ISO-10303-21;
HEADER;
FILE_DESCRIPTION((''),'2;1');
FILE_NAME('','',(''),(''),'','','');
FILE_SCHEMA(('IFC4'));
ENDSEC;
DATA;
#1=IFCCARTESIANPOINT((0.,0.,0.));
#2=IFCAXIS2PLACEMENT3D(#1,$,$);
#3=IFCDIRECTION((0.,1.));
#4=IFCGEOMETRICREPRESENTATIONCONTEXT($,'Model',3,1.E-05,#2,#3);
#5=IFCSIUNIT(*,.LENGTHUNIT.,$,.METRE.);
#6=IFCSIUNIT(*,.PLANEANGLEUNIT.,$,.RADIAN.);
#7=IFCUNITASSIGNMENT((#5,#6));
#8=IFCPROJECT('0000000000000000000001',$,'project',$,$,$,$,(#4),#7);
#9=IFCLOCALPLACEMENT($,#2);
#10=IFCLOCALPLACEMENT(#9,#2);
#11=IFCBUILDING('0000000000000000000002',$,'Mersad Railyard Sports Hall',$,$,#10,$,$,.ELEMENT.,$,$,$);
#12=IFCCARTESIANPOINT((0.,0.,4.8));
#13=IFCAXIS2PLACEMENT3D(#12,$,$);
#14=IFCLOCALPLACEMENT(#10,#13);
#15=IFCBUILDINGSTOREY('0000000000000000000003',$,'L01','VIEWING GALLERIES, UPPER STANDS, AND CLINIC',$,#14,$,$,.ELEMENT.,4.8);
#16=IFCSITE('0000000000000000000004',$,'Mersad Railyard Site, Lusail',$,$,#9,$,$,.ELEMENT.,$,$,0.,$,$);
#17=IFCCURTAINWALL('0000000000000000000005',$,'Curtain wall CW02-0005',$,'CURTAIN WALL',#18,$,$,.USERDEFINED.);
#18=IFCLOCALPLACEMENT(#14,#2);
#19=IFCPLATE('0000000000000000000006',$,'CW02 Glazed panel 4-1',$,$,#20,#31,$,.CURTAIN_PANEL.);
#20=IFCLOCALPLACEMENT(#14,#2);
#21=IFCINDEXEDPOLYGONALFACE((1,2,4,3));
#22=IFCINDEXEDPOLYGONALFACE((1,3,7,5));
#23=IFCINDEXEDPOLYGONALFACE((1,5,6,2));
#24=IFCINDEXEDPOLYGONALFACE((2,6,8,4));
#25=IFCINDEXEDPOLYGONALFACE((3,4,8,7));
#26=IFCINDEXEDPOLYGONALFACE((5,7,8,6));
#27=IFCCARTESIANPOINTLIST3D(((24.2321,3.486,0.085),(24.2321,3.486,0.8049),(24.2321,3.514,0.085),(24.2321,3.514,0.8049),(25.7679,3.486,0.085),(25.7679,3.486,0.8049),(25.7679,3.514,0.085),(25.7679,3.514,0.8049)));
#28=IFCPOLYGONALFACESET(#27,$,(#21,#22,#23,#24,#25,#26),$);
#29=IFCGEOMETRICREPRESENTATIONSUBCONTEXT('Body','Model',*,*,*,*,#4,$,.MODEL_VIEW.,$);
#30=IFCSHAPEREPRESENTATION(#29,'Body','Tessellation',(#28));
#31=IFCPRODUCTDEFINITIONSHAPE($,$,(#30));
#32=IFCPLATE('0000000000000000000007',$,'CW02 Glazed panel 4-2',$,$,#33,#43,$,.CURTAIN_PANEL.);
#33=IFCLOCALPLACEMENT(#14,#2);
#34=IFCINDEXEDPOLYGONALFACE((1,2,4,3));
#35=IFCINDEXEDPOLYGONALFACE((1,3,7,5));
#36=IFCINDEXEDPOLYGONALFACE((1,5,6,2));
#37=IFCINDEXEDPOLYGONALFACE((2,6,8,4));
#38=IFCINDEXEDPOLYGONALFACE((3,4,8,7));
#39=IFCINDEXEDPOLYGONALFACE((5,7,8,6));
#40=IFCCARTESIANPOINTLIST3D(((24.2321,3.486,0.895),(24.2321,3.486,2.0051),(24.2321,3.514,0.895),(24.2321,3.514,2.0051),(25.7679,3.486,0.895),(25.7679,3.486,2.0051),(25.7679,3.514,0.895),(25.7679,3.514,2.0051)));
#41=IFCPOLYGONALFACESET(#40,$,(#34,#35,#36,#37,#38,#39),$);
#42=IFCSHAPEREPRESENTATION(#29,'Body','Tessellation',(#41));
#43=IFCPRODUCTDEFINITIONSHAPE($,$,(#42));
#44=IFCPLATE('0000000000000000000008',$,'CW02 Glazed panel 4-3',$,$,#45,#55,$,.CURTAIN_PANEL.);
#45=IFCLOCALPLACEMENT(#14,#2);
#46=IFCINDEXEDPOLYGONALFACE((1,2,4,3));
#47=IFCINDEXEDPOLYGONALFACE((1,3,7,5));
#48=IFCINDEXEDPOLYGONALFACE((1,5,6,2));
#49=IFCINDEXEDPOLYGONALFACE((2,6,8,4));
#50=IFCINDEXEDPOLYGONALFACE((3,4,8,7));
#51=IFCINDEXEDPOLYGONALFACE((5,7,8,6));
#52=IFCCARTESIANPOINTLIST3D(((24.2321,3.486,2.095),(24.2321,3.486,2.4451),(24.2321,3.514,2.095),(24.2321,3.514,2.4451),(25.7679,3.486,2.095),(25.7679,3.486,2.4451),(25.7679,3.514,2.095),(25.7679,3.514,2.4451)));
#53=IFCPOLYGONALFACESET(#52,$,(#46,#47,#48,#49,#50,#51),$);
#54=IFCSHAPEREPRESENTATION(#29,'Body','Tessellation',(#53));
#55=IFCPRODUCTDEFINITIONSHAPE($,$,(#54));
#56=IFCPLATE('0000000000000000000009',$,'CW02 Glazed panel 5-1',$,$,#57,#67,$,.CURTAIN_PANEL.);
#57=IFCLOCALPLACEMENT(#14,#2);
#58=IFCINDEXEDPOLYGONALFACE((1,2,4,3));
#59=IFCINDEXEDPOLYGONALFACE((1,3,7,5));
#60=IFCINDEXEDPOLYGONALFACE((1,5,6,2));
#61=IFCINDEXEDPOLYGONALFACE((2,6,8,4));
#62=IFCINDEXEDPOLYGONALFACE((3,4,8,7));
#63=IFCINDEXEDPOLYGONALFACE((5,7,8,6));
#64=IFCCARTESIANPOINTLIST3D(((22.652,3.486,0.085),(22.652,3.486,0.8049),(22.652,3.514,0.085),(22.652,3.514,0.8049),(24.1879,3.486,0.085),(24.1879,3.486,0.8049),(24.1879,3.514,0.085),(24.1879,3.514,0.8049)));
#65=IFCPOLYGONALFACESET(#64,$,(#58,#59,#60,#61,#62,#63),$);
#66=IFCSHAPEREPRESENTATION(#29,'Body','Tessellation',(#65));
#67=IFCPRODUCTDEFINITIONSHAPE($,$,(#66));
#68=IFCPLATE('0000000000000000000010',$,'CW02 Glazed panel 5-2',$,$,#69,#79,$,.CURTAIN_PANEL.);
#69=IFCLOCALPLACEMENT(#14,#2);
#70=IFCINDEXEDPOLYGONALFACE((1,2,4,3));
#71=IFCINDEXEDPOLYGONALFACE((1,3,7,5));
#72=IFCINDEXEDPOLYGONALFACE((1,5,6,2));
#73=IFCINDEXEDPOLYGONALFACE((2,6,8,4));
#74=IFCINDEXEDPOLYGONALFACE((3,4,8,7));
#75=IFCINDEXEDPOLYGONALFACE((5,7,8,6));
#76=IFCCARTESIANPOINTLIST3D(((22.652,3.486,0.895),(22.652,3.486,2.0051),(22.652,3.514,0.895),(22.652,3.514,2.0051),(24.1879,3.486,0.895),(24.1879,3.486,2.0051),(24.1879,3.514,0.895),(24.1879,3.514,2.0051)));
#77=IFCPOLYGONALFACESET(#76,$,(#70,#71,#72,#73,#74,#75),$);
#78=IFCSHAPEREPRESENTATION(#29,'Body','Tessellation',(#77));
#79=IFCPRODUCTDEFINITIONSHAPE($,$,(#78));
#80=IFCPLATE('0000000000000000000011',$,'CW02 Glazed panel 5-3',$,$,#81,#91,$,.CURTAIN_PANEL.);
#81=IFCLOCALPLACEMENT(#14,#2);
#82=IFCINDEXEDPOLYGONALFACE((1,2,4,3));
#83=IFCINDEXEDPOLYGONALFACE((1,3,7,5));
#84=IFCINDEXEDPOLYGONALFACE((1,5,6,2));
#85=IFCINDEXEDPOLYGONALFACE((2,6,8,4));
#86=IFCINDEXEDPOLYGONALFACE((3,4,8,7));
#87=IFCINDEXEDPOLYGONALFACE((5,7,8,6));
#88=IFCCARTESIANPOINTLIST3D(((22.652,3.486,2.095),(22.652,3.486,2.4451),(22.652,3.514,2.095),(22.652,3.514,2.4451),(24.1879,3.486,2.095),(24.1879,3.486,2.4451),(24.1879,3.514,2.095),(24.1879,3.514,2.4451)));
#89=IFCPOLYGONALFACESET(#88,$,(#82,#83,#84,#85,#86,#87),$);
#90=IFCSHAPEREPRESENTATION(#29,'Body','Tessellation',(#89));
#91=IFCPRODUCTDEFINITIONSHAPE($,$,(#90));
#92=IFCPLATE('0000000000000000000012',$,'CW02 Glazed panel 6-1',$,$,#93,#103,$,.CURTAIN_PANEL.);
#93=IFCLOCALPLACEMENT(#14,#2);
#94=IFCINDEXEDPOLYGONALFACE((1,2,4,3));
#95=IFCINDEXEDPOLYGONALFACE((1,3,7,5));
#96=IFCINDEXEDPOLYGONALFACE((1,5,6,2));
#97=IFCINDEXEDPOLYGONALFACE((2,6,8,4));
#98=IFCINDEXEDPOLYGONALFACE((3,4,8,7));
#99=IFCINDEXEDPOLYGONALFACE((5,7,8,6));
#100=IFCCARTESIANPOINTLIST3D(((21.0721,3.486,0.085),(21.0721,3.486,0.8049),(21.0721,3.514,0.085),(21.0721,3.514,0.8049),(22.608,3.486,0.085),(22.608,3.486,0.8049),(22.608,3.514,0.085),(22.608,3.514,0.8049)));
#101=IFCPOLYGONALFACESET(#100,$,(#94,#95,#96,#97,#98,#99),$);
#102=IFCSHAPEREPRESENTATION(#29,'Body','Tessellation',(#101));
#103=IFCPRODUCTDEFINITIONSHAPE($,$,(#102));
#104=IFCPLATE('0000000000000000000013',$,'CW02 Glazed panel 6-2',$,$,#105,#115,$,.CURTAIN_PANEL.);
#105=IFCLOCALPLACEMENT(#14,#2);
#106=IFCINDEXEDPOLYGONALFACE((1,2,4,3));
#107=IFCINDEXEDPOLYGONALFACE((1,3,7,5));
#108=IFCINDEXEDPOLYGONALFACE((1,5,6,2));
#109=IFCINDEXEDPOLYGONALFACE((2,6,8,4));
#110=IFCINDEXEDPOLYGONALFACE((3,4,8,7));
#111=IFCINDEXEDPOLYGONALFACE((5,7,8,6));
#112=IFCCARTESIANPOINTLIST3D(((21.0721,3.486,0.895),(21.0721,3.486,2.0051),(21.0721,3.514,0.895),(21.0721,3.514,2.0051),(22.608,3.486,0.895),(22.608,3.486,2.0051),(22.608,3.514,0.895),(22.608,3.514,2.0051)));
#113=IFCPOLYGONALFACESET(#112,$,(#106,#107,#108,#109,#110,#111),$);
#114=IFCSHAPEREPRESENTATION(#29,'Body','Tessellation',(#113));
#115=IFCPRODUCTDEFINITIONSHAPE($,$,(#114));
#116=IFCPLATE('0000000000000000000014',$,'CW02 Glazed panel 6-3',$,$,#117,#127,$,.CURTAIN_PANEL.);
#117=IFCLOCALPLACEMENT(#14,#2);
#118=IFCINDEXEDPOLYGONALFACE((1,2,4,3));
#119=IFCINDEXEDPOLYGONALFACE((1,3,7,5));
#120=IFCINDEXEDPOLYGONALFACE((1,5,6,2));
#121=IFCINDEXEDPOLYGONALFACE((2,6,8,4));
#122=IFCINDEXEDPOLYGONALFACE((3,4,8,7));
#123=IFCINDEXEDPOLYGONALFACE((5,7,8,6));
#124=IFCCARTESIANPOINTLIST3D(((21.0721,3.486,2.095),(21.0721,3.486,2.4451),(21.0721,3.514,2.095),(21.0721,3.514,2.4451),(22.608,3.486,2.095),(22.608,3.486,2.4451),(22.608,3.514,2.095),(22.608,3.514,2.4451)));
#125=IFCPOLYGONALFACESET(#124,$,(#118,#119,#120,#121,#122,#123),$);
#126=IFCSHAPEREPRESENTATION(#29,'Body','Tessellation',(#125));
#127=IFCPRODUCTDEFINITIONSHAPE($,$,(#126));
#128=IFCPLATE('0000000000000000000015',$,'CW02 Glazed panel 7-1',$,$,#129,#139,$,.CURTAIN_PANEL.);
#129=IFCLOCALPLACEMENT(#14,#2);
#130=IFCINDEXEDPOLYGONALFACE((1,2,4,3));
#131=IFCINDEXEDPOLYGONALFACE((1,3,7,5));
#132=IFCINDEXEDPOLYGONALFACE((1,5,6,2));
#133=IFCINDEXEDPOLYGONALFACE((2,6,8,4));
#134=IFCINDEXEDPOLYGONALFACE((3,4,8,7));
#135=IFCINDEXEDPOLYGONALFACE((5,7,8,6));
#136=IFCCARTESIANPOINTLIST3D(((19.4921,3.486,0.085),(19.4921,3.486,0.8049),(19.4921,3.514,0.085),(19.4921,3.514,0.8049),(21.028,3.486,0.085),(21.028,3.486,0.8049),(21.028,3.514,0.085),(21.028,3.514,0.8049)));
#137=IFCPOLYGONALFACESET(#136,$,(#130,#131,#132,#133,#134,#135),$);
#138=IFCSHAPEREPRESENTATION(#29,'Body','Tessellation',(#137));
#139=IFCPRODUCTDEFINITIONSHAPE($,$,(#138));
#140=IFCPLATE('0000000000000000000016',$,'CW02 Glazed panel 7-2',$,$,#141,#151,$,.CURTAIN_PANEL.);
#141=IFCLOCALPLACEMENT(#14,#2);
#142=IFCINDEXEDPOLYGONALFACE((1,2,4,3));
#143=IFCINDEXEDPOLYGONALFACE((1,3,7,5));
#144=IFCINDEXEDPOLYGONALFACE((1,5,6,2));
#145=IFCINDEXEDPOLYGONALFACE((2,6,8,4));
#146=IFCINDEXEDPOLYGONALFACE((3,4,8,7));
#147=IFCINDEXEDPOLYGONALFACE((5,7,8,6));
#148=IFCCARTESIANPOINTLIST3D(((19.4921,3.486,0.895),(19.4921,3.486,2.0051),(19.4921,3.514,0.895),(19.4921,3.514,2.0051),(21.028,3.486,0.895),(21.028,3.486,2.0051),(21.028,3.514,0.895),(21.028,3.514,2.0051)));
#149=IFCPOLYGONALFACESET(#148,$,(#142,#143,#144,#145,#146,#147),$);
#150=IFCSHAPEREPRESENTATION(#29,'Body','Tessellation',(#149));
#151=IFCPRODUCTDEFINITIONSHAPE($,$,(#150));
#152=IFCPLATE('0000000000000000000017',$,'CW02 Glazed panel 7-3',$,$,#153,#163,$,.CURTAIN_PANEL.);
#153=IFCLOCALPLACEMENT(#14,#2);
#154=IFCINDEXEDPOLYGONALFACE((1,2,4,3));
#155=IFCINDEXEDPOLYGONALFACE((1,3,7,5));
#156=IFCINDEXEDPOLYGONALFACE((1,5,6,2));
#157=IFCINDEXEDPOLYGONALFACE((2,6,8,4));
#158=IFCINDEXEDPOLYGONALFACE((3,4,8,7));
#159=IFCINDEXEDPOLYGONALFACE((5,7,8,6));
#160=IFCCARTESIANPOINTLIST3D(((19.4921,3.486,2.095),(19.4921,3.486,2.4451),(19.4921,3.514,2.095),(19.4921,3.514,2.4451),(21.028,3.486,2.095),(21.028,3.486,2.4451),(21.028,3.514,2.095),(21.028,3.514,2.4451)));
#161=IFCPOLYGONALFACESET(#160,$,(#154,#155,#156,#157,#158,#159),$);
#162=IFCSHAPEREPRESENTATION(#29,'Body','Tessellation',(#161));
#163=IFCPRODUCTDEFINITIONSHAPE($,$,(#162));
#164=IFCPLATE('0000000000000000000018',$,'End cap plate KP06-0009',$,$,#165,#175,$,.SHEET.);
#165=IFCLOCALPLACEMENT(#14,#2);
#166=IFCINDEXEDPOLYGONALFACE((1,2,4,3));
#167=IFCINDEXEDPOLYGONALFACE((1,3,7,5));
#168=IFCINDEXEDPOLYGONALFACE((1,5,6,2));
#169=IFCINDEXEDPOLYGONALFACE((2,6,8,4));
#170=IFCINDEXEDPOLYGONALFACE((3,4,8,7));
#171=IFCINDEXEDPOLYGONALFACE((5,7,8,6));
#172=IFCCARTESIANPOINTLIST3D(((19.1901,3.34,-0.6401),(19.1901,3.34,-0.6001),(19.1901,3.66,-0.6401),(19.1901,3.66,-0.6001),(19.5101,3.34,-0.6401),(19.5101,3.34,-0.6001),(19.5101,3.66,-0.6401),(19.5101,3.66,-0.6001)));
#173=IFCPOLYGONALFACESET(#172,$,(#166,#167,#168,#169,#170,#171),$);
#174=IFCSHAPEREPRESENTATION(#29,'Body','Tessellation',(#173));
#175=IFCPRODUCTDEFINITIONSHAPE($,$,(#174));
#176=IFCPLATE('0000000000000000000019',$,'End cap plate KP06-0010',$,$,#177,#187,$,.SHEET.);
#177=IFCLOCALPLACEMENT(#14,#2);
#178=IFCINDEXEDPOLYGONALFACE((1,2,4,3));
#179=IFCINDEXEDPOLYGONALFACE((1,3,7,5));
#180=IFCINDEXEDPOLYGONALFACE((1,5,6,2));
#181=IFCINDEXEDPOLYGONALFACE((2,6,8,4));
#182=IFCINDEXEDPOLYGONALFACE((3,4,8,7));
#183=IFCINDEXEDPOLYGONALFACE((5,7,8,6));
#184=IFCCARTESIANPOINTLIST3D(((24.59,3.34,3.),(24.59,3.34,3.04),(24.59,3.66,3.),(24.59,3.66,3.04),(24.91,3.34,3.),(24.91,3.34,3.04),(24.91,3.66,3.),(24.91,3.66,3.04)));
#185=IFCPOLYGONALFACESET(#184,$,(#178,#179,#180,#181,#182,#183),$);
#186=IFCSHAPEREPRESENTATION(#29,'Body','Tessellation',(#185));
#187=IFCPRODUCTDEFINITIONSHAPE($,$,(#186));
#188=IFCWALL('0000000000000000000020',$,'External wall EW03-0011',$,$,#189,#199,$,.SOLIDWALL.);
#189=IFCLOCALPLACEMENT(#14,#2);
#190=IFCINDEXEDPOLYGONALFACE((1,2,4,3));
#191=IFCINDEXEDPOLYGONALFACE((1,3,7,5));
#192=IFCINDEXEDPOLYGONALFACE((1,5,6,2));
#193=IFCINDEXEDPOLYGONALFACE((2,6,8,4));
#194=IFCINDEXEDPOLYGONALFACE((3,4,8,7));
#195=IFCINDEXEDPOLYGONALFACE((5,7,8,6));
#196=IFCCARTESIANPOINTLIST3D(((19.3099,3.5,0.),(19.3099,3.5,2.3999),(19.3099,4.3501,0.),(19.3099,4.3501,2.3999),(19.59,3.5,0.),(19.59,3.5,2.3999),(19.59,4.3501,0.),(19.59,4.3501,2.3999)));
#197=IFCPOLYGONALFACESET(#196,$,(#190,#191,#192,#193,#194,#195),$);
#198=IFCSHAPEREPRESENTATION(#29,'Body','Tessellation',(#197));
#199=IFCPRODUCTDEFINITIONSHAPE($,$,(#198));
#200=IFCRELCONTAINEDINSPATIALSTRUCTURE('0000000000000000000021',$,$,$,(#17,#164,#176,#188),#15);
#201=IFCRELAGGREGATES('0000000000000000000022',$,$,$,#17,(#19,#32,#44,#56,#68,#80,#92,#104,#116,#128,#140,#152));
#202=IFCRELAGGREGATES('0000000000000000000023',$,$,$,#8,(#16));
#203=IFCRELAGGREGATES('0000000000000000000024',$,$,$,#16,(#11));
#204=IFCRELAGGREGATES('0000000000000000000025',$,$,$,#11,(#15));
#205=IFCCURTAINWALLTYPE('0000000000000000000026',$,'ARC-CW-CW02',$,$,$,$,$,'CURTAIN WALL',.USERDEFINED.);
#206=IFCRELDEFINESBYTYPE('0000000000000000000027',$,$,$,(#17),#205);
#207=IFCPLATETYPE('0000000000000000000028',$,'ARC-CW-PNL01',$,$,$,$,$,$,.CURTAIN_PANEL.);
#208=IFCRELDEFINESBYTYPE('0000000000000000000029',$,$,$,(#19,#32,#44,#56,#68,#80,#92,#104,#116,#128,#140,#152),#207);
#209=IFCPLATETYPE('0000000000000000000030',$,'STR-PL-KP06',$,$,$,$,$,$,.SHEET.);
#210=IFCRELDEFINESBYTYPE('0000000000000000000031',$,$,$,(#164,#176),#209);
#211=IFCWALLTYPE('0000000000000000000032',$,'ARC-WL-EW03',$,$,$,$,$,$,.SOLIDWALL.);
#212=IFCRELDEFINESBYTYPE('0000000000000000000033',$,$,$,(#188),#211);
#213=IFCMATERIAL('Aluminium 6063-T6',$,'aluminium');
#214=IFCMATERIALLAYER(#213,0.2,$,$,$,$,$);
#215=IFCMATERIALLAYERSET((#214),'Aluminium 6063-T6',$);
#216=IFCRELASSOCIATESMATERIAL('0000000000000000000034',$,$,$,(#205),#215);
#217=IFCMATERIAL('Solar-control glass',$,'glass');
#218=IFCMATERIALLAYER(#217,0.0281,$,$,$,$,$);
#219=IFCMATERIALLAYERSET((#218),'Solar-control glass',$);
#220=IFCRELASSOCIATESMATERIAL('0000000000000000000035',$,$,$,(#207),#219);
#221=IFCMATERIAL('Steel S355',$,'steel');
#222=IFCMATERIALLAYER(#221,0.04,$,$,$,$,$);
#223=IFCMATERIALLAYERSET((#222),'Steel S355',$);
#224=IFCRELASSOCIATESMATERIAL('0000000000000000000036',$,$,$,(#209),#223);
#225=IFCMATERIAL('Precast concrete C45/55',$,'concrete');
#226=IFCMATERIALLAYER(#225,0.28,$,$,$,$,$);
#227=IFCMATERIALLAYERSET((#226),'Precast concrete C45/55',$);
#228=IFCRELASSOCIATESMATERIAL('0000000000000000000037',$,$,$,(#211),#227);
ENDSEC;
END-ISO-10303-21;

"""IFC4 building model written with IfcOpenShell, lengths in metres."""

from ifc_helpers import new_model, si_unit, direction, frame, frame_2d, origin, origin_2d, place, context, subcontext, project, spatial, rectangle, extrude, material, layer, layer_set, type_object, element, aggregate, save


model = new_model("IFC4")

# Units and contexts
model_context = context("Model", 3, precision=1e-05, world=origin(), true_north=direction((0.0, 1.0)))
body_context = subcontext(model_context, "Body", "Model", "MODEL_VIEW")
ifc_project = project(units=[si_unit("LENGTHUNIT", "METRE"), si_unit("PLANEANGLEUNIT", "RADIAN")], contexts=[model_context])

# Site, building, storey
site_placement = place(None, origin())
site = spatial("IfcSite", under=ifc_project, at=site_placement, Name="Mersad Railyard Site, Lusail", CompositionType="ELEMENT", RefElevation=0.0)
building_placement = place(site_placement, origin())
building = spatial("IfcBuilding", under=site, at=building_placement, Name="Mersad Railyard Sports Hall", CompositionType="ELEMENT")
storey_placement = place(building_placement, frame((0.0, 0.0, 4.8)))
storey = spatial("IfcBuildingStorey", under=building, at=storey_placement, Name="L01", Description="VIEWING GALLERIES, UPPER STANDS, AND CLINIC", CompositionType="ELEMENT", Elevation=4.8)

# Curtain wall
ifc_material_1 = material(Name="Aluminium 6063-T6", Category="aluminium")
ifc_layer_1 = layer(ifc_material_1, 0.2)
ifc_layer_set_1 = layer_set([ifc_layer_1], Name="Aluminium 6063-T6")
curtain_wall_type = type_object("IfcCurtainWallType", Name="ARC-CW-CW02", ElementType="CURTAIN WALL", PredefinedType="USERDEFINED", material=ifc_layer_set_1)
curtain_wall_placement = place(storey_placement, origin())
curtain_wall = element("IfcCurtainWall", 1, at=curtain_wall_placement, inside=storey, type_object=curtain_wall_type, Name="Curtain wall CW02-0005", ObjectType="CURTAIN WALL", PredefinedType="USERDEFINED")

# Shared definitions
ifc_material_2 = material(Name="Steel S355", Category="steel")

# Plates
ifc_material_3 = material(Name="Solar-control glass", Category="glass")
ifc_layer_2 = layer(ifc_material_3, 0.0281)
ifc_layer_set_2 = layer_set([ifc_layer_2], Name="Solar-control glass")
plate_type_1 = type_object("IfcPlateType", Name="ARC-CW-PNL01", PredefinedType="CURTAIN_PANEL", material=ifc_layer_set_2)
plate_1_placement = place(storey_placement, frame((25.0, 3.5, 0.085), z_axis=(0.0, 0.0, 1.0), x_axis=(-1.0, 0.0, 0.0)))
plate_1 = element("IfcPlate", 2, at=plate_1_placement, type_object=plate_type_1, Name="CW02 Glazed panel 4-1", PredefinedType="CURTAIN_PANEL", context=body_context, shape_type="SweptSolid", body=[
    extrude(rectangle(XDim=1.5359, YDim=0.0281, at=origin_2d()), origin(), (0.0, 0.0, 1.0), 0.72),
])
plate_2_placement = place(storey_placement, frame((25.0, 3.5, 0.895), z_axis=(0.0, 0.0, 1.0), x_axis=(-1.0, 0.0, 0.0)))
plate_2 = element("IfcPlate", 3, at=plate_2_placement, type_object=plate_type_1, Name="CW02 Glazed panel 4-2", PredefinedType="CURTAIN_PANEL", context=body_context, shape_type="SweptSolid", body=[
    extrude(rectangle(XDim=1.5359, YDim=0.0281, at=origin_2d()), origin(), (0.0, 0.0, 1.0), 1.1101),
])
plate_3_placement = place(storey_placement, frame((25.0, 3.5, 2.095), z_axis=(0.0, 0.0, 1.0), x_axis=(-1.0, 0.0, 0.0)))
plate_3 = element("IfcPlate", 4, at=plate_3_placement, type_object=plate_type_1, Name="CW02 Glazed panel 4-3", PredefinedType="CURTAIN_PANEL", context=body_context, shape_type="SweptSolid", body=[
    extrude(rectangle(XDim=1.5359, YDim=0.0281, at=origin_2d()), origin(), (0.0, 0.0, 1.0), 0.3501),
])
plate_4_placement = place(storey_placement, frame((23.4199, 3.5, 0.085), z_axis=(0.0, 0.0, 1.0), x_axis=(-1.0, 0.0, 0.0)))
plate_4 = element("IfcPlate", 5, at=plate_4_placement, type_object=plate_type_1, Name="CW02 Glazed panel 5-1", PredefinedType="CURTAIN_PANEL", context=body_context, shape_type="SweptSolid", body=[
    extrude(rectangle(XDim=1.5359, YDim=0.0281, at=origin_2d()), origin(), (0.0, 0.0, 1.0), 0.72),
])
plate_5_placement = place(storey_placement, frame((23.4199, 3.5, 0.895), z_axis=(0.0, 0.0, 1.0), x_axis=(-1.0, 0.0, 0.0)))
plate_5 = element("IfcPlate", 6, at=plate_5_placement, type_object=plate_type_1, Name="CW02 Glazed panel 5-2", PredefinedType="CURTAIN_PANEL", context=body_context, shape_type="SweptSolid", body=[
    extrude(rectangle(XDim=1.5359, YDim=0.0281, at=origin_2d()), origin(), (0.0, 0.0, 1.0), 1.1101),
])
plate_6_placement = place(storey_placement, frame((23.4199, 3.5, 2.095), z_axis=(0.0, 0.0, 1.0), x_axis=(-1.0, 0.0, 0.0)))
plate_6 = element("IfcPlate", 7, at=plate_6_placement, type_object=plate_type_1, Name="CW02 Glazed panel 5-3", PredefinedType="CURTAIN_PANEL", context=body_context, shape_type="SweptSolid", body=[
    extrude(rectangle(XDim=1.5359, YDim=0.0281, at=origin_2d()), origin(), (0.0, 0.0, 1.0), 0.3501),
])
plate_7_placement = place(storey_placement, frame((21.8401, 3.5, 0.085), z_axis=(0.0, 0.0, 1.0), x_axis=(-1.0, 0.0, 0.0)))
plate_7 = element("IfcPlate", 8, at=plate_7_placement, type_object=plate_type_1, Name="CW02 Glazed panel 6-1", PredefinedType="CURTAIN_PANEL", context=body_context, shape_type="SweptSolid", body=[
    extrude(rectangle(XDim=1.5359, YDim=0.0281, at=origin_2d()), origin(), (0.0, 0.0, 1.0), 0.72),
])
plate_8_placement = place(storey_placement, frame((21.8401, 3.5, 0.895), z_axis=(0.0, 0.0, 1.0), x_axis=(-1.0, 0.0, 0.0)))
plate_8 = element("IfcPlate", 9, at=plate_8_placement, type_object=plate_type_1, Name="CW02 Glazed panel 6-2", PredefinedType="CURTAIN_PANEL", context=body_context, shape_type="SweptSolid", body=[
    extrude(rectangle(XDim=1.5359, YDim=0.0281, at=origin_2d()), origin(), (0.0, 0.0, 1.0), 1.1101),
])
plate_9_placement = place(storey_placement, frame((21.8401, 3.5, 2.095), z_axis=(0.0, 0.0, 1.0), x_axis=(-1.0, 0.0, 0.0)))
plate_9 = element("IfcPlate", 10, at=plate_9_placement, type_object=plate_type_1, Name="CW02 Glazed panel 6-3", PredefinedType="CURTAIN_PANEL", context=body_context, shape_type="SweptSolid", body=[
    extrude(rectangle(XDim=1.5359, YDim=0.0281, at=origin_2d()), origin(), (0.0, 0.0, 1.0), 0.3501),
])
plate_10_placement = place(storey_placement, frame((20.26, 3.5, 0.085), z_axis=(0.0, 0.0, 1.0), x_axis=(-1.0, 0.0, 0.0)))
plate_10 = element("IfcPlate", 11, at=plate_10_placement, type_object=plate_type_1, Name="CW02 Glazed panel 7-1", PredefinedType="CURTAIN_PANEL", context=body_context, shape_type="SweptSolid", body=[
    extrude(rectangle(XDim=1.5359, YDim=0.0281, at=origin_2d()), origin(), (0.0, 0.0, 1.0), 0.72),
])
plate_11_placement = place(storey_placement, frame((20.26, 3.5, 0.895), z_axis=(0.0, 0.0, 1.0), x_axis=(-1.0, 0.0, 0.0)))
plate_11 = element("IfcPlate", 12, at=plate_11_placement, type_object=plate_type_1, Name="CW02 Glazed panel 7-2", PredefinedType="CURTAIN_PANEL", context=body_context, shape_type="SweptSolid", body=[
    extrude(rectangle(XDim=1.5359, YDim=0.0281, at=origin_2d()), origin(), (0.0, 0.0, 1.0), 1.1101),
])
plate_12_placement = place(storey_placement, frame((20.26, 3.5, 2.095), z_axis=(0.0, 0.0, 1.0), x_axis=(-1.0, 0.0, 0.0)))
plate_12 = element("IfcPlate", 13, at=plate_12_placement, type_object=plate_type_1, Name="CW02 Glazed panel 7-3", PredefinedType="CURTAIN_PANEL", context=body_context, shape_type="SweptSolid", body=[
    extrude(rectangle(XDim=1.5359, YDim=0.0281, at=origin_2d()), origin(), (0.0, 0.0, 1.0), 0.3501),
])
aggregate(curtain_wall, [plate_1, plate_2, plate_3, plate_4, plate_5, plate_6, plate_7, plate_8, plate_9, plate_10, plate_11, plate_12])

# Plates
ifc_layer_3 = layer(ifc_material_2, 0.04)
ifc_layer_set_3 = layer_set([ifc_layer_3], Name="Steel S355")
plate_type_2 = type_object("IfcPlateType", Name="STR-PL-KP06", PredefinedType="SHEET", material=ifc_layer_set_3)
for number, where, z_axis, x_axis, name in (
    (14, (19.3501, 3.5, -0.6401), (0.0, 0.0, 1.0), (1.0, 0.0, 0.0), "End cap plate KP06-0009"),
    (15, (24.75, 3.5, 3.0), (0.0, 0.0, 1.0), (1.0, 0.0, 0.0), "End cap plate KP06-0010"),
):
    element("IfcPlate", number, at=place(storey_placement, frame(where, z_axis=z_axis, x_axis=x_axis)), inside=storey, type_object=plate_type_2, Name=name, PredefinedType="SHEET", context=body_context, shape_type="SweptSolid", body=[
        extrude(rectangle(XDim=0.3201, YDim=0.3201, at=origin_2d()), origin(), (0.0, 0.0, 1.0), 0.04),
    ])

# Wall
ifc_material_4 = material(Name="Precast concrete C45/55", Category="concrete")
ifc_layer_4 = layer(ifc_material_4, 0.28)
ifc_layer_set_4 = layer_set([ifc_layer_4], Name="Precast concrete C45/55")
wall_type = type_object("IfcWallType", Name="ARC-WL-EW03", PredefinedType="SOLIDWALL", material=ifc_layer_set_4)
wall_placement = place(storey_placement, frame((19.45, 3.5, 0.0), z_axis=(0.0, 0.0, 1.0), x_axis=(0.0, 1.0, 0.0)))
element("IfcWall", 16, at=wall_placement, inside=storey, type_object=wall_type, Name="External wall EW03-0011", PredefinedType="SOLIDWALL", context=body_context, shape_type="SweptSolid", body=[
    extrude(rectangle(XDim=0.8501, YDim=0.28, at=frame_2d((0.425, 0.0))), origin(), (0.0, 0.0, 1.0), 2.3999),
])

save(model, "model.ifc")
